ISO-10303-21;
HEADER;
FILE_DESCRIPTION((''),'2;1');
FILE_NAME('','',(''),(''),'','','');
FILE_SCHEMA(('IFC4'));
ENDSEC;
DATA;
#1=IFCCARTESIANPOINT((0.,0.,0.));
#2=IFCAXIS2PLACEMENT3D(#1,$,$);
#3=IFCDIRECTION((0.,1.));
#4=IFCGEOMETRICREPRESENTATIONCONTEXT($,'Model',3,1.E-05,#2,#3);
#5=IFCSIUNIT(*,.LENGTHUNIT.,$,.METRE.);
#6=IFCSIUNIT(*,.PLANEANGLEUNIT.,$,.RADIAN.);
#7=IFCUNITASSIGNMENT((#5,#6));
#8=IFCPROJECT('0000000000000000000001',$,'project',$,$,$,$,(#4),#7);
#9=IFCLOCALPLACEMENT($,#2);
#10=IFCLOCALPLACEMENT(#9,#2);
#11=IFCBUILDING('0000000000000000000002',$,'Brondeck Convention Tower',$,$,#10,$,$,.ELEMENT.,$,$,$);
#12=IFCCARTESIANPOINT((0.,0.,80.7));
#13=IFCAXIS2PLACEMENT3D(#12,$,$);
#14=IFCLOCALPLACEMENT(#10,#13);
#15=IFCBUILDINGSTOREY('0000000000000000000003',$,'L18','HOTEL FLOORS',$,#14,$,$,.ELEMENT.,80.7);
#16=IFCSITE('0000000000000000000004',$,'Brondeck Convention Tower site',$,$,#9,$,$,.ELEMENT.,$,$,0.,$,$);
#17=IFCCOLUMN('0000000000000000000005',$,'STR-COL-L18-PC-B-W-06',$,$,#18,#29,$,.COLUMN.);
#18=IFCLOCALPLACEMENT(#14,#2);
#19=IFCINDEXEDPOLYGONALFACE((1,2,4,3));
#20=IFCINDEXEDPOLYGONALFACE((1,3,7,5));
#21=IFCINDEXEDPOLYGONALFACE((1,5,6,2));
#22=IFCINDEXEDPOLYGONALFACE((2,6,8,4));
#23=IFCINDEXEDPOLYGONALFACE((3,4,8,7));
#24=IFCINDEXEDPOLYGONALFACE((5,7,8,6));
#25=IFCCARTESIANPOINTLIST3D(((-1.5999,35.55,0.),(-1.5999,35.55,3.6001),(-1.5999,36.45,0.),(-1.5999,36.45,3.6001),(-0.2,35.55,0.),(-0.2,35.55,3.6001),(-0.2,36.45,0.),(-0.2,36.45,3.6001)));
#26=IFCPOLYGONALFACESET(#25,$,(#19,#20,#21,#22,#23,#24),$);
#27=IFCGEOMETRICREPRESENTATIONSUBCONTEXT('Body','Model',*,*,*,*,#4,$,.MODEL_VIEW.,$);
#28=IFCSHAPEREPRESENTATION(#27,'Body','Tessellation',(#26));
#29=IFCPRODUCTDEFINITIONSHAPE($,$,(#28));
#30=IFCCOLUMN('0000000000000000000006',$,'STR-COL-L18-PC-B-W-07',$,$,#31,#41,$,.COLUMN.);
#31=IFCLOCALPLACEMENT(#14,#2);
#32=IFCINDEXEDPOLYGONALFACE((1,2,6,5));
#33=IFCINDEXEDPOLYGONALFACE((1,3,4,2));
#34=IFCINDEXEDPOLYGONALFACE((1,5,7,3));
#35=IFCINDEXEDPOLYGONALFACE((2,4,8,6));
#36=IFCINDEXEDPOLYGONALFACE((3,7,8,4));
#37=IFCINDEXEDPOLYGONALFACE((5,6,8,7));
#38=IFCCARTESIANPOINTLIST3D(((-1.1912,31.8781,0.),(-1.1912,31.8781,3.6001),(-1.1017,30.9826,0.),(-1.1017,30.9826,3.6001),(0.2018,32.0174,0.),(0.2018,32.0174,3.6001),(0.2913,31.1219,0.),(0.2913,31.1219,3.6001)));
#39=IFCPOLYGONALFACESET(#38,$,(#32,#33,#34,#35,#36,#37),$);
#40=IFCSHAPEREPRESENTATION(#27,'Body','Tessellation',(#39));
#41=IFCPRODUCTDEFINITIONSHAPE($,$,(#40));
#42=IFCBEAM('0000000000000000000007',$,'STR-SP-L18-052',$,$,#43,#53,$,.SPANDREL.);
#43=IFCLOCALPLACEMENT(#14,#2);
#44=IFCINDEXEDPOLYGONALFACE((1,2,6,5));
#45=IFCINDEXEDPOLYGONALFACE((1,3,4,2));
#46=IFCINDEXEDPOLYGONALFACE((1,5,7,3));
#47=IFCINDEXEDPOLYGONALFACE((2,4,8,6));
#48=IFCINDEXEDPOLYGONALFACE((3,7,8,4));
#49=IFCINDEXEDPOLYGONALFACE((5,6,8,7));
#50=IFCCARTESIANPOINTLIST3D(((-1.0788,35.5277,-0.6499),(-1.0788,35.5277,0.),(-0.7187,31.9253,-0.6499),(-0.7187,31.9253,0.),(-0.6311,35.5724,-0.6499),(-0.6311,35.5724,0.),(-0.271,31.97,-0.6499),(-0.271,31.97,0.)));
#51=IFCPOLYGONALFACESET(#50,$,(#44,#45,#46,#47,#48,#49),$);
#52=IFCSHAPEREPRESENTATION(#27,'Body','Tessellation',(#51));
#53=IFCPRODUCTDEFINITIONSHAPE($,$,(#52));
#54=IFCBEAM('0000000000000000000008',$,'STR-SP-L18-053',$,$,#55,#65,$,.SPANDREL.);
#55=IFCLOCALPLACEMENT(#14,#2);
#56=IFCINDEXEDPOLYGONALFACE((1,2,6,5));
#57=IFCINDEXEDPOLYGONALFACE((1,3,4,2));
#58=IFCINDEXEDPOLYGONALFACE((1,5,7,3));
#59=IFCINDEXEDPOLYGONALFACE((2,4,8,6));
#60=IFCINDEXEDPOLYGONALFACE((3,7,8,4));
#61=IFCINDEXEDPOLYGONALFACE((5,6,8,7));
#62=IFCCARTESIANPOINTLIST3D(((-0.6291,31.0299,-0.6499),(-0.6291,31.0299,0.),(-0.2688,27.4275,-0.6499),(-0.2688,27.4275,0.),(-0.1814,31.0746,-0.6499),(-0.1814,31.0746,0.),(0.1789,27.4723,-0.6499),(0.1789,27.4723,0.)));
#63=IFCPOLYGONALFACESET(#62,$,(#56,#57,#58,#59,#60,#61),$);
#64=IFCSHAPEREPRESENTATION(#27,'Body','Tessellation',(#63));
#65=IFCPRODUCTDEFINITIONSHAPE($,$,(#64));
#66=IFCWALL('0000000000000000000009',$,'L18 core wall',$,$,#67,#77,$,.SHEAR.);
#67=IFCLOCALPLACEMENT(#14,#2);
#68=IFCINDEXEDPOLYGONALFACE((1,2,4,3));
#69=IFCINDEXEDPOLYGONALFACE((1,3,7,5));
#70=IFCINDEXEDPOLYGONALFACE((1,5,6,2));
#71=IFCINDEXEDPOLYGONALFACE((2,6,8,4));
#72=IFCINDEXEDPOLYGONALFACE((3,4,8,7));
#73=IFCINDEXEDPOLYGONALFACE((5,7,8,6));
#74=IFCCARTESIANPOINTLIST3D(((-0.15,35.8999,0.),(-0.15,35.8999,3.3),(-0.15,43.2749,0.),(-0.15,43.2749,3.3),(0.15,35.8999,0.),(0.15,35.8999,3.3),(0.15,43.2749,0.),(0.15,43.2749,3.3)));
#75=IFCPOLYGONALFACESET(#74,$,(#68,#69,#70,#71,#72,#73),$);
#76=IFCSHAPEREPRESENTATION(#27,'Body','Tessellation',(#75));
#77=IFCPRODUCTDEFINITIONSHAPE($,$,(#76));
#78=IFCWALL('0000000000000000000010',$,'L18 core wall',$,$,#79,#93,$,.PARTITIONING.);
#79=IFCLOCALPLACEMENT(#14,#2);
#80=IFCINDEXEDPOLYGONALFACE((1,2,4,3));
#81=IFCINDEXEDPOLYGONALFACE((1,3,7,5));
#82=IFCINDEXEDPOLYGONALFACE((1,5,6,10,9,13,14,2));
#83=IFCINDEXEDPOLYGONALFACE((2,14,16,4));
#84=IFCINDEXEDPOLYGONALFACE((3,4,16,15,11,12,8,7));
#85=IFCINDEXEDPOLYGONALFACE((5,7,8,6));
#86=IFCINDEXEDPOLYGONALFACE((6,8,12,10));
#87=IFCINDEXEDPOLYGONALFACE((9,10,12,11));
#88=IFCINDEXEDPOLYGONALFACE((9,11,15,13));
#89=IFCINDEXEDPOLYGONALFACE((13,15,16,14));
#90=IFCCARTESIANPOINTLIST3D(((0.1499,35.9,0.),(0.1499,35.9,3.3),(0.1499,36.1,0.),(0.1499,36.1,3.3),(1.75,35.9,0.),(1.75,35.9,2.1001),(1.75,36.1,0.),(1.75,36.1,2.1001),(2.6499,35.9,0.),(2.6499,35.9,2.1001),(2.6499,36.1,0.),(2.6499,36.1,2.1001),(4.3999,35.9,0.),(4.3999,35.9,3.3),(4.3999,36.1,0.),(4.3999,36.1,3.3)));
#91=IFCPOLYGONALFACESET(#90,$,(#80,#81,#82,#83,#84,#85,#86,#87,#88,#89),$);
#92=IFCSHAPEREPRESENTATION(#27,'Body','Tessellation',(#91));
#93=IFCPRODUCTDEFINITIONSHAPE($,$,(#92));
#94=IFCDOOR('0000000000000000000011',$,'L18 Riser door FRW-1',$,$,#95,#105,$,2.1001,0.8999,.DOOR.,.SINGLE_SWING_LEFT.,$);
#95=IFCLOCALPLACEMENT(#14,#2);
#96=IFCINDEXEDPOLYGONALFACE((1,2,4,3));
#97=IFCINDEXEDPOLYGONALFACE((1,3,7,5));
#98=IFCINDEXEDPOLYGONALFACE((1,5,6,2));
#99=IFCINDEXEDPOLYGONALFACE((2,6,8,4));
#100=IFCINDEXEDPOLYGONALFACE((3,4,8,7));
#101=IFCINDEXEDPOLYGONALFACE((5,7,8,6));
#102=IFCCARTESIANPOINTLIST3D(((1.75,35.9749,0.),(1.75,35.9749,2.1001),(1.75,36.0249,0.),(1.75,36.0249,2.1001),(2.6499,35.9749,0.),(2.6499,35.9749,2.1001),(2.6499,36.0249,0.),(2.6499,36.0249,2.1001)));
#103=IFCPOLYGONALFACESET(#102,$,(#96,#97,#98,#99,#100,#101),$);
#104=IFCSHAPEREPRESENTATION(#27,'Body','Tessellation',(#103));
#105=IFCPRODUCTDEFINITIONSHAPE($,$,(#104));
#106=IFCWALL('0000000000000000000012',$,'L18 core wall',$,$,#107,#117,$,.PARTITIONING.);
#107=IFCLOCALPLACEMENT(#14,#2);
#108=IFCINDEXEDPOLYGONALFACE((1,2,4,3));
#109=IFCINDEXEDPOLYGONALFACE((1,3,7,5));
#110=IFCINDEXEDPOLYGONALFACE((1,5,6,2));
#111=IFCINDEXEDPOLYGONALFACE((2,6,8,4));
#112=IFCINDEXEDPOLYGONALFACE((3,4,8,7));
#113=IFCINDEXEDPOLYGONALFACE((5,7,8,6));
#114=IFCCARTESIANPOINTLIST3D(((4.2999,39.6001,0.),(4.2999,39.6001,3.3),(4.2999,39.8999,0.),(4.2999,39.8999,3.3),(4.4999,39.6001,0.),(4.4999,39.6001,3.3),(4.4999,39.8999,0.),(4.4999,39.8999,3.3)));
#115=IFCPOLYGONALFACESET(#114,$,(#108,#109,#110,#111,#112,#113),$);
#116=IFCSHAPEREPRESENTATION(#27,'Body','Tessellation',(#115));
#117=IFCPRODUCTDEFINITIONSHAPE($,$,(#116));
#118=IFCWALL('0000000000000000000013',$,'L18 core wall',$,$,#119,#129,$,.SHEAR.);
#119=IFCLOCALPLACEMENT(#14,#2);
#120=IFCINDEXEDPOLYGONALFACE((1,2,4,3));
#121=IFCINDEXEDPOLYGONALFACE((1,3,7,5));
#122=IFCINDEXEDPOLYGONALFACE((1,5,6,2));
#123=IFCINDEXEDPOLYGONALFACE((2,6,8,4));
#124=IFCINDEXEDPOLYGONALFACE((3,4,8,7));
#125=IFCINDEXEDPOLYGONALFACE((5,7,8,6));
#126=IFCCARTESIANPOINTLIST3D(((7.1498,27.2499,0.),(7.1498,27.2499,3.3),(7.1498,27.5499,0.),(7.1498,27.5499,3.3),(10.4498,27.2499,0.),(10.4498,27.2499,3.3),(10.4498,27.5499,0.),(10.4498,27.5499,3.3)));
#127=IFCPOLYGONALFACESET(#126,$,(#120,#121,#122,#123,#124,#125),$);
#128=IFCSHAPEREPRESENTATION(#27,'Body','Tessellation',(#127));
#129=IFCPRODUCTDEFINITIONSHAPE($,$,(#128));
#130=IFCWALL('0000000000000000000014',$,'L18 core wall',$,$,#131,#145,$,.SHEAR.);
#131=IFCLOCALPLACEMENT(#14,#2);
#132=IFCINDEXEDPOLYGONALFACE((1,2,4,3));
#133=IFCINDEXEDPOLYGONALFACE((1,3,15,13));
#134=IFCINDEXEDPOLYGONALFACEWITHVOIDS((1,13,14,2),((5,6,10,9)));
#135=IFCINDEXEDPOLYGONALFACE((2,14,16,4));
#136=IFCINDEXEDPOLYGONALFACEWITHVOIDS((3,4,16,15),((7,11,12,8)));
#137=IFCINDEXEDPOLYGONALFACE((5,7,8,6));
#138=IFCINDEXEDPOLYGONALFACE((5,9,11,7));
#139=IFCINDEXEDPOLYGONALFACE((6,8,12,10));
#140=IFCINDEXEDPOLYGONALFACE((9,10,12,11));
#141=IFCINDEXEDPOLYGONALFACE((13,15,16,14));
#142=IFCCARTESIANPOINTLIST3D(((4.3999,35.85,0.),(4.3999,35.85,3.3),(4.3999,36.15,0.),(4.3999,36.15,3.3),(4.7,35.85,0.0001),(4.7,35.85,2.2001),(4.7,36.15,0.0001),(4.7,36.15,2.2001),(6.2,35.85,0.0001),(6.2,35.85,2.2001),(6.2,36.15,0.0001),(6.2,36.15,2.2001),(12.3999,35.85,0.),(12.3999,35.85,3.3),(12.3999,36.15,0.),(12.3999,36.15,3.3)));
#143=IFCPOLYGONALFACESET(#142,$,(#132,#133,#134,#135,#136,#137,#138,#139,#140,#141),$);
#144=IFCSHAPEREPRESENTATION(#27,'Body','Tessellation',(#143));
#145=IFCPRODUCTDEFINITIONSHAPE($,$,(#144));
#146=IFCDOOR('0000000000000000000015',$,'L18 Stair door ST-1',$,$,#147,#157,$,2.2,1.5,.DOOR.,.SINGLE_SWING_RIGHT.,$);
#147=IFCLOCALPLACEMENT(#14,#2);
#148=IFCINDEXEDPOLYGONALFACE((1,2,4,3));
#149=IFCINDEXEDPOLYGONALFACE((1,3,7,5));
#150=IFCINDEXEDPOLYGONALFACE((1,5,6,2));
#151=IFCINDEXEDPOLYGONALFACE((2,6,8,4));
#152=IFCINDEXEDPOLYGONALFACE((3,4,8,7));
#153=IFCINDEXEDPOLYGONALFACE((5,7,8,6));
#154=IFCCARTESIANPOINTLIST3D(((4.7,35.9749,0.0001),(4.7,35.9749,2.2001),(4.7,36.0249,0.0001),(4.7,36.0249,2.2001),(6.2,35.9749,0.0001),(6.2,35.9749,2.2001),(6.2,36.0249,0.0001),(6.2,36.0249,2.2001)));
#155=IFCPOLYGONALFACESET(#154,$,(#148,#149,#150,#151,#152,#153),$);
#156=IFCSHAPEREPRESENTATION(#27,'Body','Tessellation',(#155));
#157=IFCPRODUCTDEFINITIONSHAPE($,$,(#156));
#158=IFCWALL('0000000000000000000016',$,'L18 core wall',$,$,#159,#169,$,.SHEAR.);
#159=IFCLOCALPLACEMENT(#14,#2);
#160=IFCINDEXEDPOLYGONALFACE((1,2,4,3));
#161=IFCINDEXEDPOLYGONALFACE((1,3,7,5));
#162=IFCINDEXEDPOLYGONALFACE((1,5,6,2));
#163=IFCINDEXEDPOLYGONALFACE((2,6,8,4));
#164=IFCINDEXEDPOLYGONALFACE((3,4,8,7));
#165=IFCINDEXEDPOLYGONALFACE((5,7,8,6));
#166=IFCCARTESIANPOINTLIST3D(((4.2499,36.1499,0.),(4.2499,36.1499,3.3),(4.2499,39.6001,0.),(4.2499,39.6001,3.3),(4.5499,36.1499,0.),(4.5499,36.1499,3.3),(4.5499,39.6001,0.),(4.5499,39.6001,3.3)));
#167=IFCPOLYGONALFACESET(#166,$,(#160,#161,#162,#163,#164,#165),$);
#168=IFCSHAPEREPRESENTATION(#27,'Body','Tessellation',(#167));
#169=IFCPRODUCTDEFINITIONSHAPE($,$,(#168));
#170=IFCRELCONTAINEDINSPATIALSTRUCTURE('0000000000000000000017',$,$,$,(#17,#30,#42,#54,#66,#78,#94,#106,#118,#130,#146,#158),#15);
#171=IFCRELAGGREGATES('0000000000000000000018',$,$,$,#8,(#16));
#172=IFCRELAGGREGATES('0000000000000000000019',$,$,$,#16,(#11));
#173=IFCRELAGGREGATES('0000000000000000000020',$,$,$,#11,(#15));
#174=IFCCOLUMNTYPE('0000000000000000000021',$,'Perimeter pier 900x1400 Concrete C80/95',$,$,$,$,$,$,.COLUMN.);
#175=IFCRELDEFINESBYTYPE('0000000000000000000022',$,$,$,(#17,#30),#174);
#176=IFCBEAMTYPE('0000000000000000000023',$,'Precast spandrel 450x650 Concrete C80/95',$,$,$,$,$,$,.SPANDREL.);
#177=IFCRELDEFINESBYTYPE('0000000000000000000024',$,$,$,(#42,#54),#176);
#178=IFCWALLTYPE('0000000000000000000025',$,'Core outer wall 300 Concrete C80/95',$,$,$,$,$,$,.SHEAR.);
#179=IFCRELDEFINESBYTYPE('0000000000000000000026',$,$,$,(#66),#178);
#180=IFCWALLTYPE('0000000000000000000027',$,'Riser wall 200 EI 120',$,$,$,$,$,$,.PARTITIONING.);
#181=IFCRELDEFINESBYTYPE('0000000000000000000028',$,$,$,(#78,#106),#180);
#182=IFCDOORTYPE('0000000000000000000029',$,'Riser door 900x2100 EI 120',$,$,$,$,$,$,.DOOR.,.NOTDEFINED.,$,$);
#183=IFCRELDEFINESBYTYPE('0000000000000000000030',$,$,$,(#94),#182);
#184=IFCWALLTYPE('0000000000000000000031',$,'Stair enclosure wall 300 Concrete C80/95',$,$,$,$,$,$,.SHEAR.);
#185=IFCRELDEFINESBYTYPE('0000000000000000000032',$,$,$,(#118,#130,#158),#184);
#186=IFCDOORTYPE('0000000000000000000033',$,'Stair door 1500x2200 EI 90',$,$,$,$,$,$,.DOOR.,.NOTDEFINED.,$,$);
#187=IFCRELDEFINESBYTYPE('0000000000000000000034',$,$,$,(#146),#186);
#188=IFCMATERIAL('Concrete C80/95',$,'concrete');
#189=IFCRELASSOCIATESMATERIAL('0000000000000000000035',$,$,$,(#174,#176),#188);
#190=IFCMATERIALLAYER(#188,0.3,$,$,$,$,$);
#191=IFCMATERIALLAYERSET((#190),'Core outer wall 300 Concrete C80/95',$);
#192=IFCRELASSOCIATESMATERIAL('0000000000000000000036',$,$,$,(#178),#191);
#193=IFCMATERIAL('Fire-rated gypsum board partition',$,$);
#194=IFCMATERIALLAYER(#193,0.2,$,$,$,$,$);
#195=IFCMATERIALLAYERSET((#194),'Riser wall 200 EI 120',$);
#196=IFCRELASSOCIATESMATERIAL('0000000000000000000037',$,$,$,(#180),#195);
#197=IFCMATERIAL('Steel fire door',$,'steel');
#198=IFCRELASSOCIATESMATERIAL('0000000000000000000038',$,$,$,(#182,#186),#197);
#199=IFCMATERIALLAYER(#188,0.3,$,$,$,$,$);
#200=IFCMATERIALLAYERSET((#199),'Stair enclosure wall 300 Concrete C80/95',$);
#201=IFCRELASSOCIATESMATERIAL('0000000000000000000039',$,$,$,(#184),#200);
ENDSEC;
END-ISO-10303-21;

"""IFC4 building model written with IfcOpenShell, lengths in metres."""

from ifc_helpers import new_model, si_unit, direction, frame, frame_2d, origin, origin_2d, place, context, subcontext, project, spatial, rectangle, extrude, material, layer, layer_set, material_profile, profile_set, type_object, element, fill, save


model = new_model("IFC4")

# Units and contexts
model_context = context("Model", 3, precision=1e-05, world=origin(), true_north=direction((0.0, 1.0)))
body_context = subcontext(model_context, "Body", "Model", "MODEL_VIEW")
ifc_project = project(units=[si_unit("LENGTHUNIT", "METRE"), si_unit("PLANEANGLEUNIT", "RADIAN")], contexts=[model_context])

# Site, building, storey
site_placement = place(None, origin())
site = spatial("IfcSite", under=ifc_project, at=site_placement, Name="Brondeck Convention Tower site", CompositionType="ELEMENT", RefElevation=0.0)
building_placement = place(site_placement, origin())
building = spatial("IfcBuilding", under=site, at=building_placement, Name="Brondeck Convention Tower", CompositionType="ELEMENT")
storey_placement = place(building_placement, frame((0.0, 0.0, 80.7)))
storey = spatial("IfcBuildingStorey", under=building, at=storey_placement, Name="L18", Description="HOTEL FLOORS", CompositionType="ELEMENT", Elevation=80.7)

# Columns
ifc_material_1 = material(Name="Concrete C80/95", Category="concrete")
ifc_material_profile_1 = material_profile(ifc_material_1, rectangle(XDim=0.8999, YDim=1.3999, at=origin_2d()), Name="Perimeter pier 900x1400 Concrete C80/95")
ifc_profile_set_1 = profile_set([ifc_material_profile_1], Name="Concrete C80/95")
column_type = type_object("IfcColumnType", Name="Perimeter pier 900x1400 Concrete C80/95", PredefinedType="COLUMN", material=ifc_profile_set_1)
for number, where, z_axis, x_axis, name in (
    (1, (-0.8999, 36.0, 0.0), (0.0, 0.0, 1.0), (0.0, -1.0, 0.0), "STR-COL-L18-PC-B-W-06"),
    (2, (-0.45, 31.5, 0.0), (0.0, 0.0, 1.0), (0.099504, -0.995037, 0.0), "STR-COL-L18-PC-B-W-07"),
):
    element("IfcColumn", number, at=place(storey_placement, frame(where, z_axis=z_axis, x_axis=x_axis)), inside=storey, type_object=column_type, Name=name, PredefinedType="COLUMN", context=body_context, shape_type="SweptSolid", body=[
        extrude(rectangle(XDim=0.8999, YDim=1.3999, at=origin_2d()), origin(), (0.0, 0.0, 1.0), 3.6001),
    ])

# Beams
ifc_material_profile_2 = material_profile(ifc_material_1, rectangle(XDim=0.45, YDim=0.6499, at=origin_2d()), Name="Precast spandrel 450x650 Concrete C80/95")
ifc_profile_set_2 = profile_set([ifc_material_profile_2], Name="Concrete C80/95")
beam_type = type_object("IfcBeamType", Name="Precast spandrel 450x650 Concrete C80/95", PredefinedType="SPANDREL", material=ifc_profile_set_2)
for number, where, z_axis, x_axis, name in (
    (3, (-0.855, 35.55, -0.325), (0.09947, -0.995041, 0.0), (0.995041, 0.09947, 0.0), "STR-SP-L18-052"),
    (4, (-0.4053, 31.0522, -0.325), (0.099537, -0.995034, 0.0), (0.995034, 0.099537, 0.0), "STR-SP-L18-053"),
):
    element("IfcBeam", number, at=place(storey_placement, frame(where, z_axis=z_axis, x_axis=x_axis)), inside=storey, type_object=beam_type, Name=name, PredefinedType="SPANDREL", context=body_context, shape_type="SweptSolid", body=[
        extrude(rectangle(XDim=0.45, YDim=0.6499, at=origin_2d()), origin(), (0.0, 0.0, 1.0), 3.6204),
    ])

# Wall
ifc_layer_1 = layer(ifc_material_1, 0.3)
ifc_layer_set_1 = layer_set([ifc_layer_1], Name="Core outer wall 300 Concrete C80/95")
wall_type_1 = type_object("IfcWallType", Name="Core outer wall 300 Concrete C80/95", PredefinedType="SHEAR", material=ifc_layer_set_1)
wall_1_placement = place(storey_placement, frame((0.0, 35.8999, 0.0), z_axis=(0.0, 0.0, 1.0), x_axis=(0.0, 1.0, 0.0)))
element("IfcWall", 5, at=wall_1_placement, inside=storey, type_object=wall_type_1, Name="L18 core wall", PredefinedType="SHEAR", context=body_context, shape_type="SweptSolid", body=[
    extrude(rectangle(XDim=7.375, YDim=0.3, at=frame_2d((3.6875, 0.0))), origin(), (0.0, 0.0, 1.0), 3.3),
])

# Wall, opening, door
ifc_material_2 = material(Name="Fire-rated gypsum board partition")
ifc_layer_2 = layer(ifc_material_2, 0.2)
ifc_layer_set_2 = layer_set([ifc_layer_2], Name="Riser wall 200 EI 120")
wall_type_2 = type_object("IfcWallType", Name="Riser wall 200 EI 120", PredefinedType="PARTITIONING", material=ifc_layer_set_2)
wall_2_placement = place(storey_placement, frame((0.1499, 36.0, 0.0), z_axis=(0.0, 0.0, 1.0), x_axis=(1.0, 0.0, 0.0)))
wall_2 = element("IfcWall", 6, at=wall_2_placement, inside=storey, type_object=wall_type_2, Name="L18 core wall", PredefinedType="PARTITIONING", context=body_context, shape_type="SweptSolid", body=[
    extrude(rectangle(XDim=4.25, YDim=0.2, at=frame_2d((2.125, 0.0))), origin(), (0.0, 0.0, 1.0), 3.3),
])
opening_1_placement = place(wall_2_placement, frame((1.6001, 0.0, 0.0)))
opening_1 = element("IfcOpeningElement", 7, at=opening_1_placement, cuts=wall_2, PredefinedType="OPENING", context=body_context, shape_type="SweptSolid", body=[
    extrude(rectangle(XDim=0.8999, YDim=2.1001, at=frame_2d((0.45, 1.05))), frame((0.0, 0.1099, 0.0), z_axis=(0.0, -1.0, 0.0), x_axis=(1.0, 0.0, 0.0)), (0.0, 0.0, 1.0), 0.22),
])
ifc_material_3 = material(Name="Steel fire door", Category="steel")
door_type_1 = type_object("IfcDoorType", Name="Riser door 900x2100 EI 120", OperationType="NOTDEFINED", PredefinedType="DOOR", material=ifc_material_3)
door_1_placement = place(opening_1_placement, origin())
door_1 = element("IfcDoor", 8, at=door_1_placement, inside=storey, type_object=door_type_1, Name="L18 Riser door FRW-1", OperationType="SINGLE_SWING_LEFT", OverallHeight=2.1001, OverallWidth=0.8999, PredefinedType="DOOR", context=body_context, shape_type="SweptSolid", body=[
    extrude(rectangle(XDim=0.8999, YDim=2.1001, at=frame_2d((0.45, 1.05))), frame((0.0, 0.0249, 0.0), z_axis=(0.0, -1.0, 0.0), x_axis=(1.0, 0.0, 0.0)), (0.0, 0.0, 1.0), 0.05),
])
fill(opening_1, door_1)

# Walls
wall_3_placement = place(storey_placement, frame((4.3999, 39.6001, 0.0), z_axis=(0.0, 0.0, 1.0), x_axis=(0.0, 1.0, 0.0)))
element("IfcWall", 9, at=wall_3_placement, inside=storey, type_object=wall_type_2, Name="L18 core wall", PredefinedType="PARTITIONING", context=body_context, shape_type="SweptSolid", body=[
    extrude(rectangle(XDim=0.2998, YDim=0.2, at=frame_2d((0.1499, 0.0))), origin(), (0.0, 0.0, 1.0), 3.3),
])
ifc_layer_3 = layer(ifc_material_1, 0.3)
ifc_layer_set_3 = layer_set([ifc_layer_3], Name="Stair enclosure wall 300 Concrete C80/95")
wall_type_3 = type_object("IfcWallType", Name="Stair enclosure wall 300 Concrete C80/95", PredefinedType="SHEAR", material=ifc_layer_set_3)
wall_4_placement = place(storey_placement, frame((7.1499, 27.3999, 0.0), z_axis=(0.0, 0.0, 1.0), x_axis=(1.0, 0.0, 0.0)))
element("IfcWall", 10, at=wall_4_placement, inside=storey, type_object=wall_type_3, Name="L18 core wall", PredefinedType="SHEAR", context=body_context, shape_type="SweptSolid", body=[
    extrude(rectangle(XDim=3.3, YDim=0.3, at=frame_2d((1.6499, 0.0))), origin(), (0.0, 0.0, 1.0), 3.3),
])

# Wall, opening, door
wall_5_placement = place(storey_placement, frame((4.3999, 36.0, 0.0), z_axis=(0.0, 0.0, 1.0), x_axis=(1.0, 0.0, 0.0)))
wall_5 = element("IfcWall", 11, at=wall_5_placement, inside=storey, type_object=wall_type_3, Name="L18 core wall", PredefinedType="SHEAR", context=body_context, shape_type="SweptSolid", body=[
    extrude(rectangle(XDim=8.0, YDim=0.3, at=frame_2d((4.0, 0.0))), origin(), (0.0, 0.0, 1.0), 3.3),
])
opening_2_placement = place(wall_5_placement, frame((0.3, 0.0, 0.0)))
opening_2 = element("IfcOpeningElement", 12, at=opening_2_placement, cuts=wall_5, PredefinedType="OPENING", context=body_context, shape_type="SweptSolid", body=[
    extrude(rectangle(XDim=1.5, YDim=2.2, at=frame_2d((0.75, 1.1001))), frame((0.0, 0.1599, 0.0), z_axis=(0.0, -1.0, 0.0), x_axis=(1.0, 0.0, 0.0)), (0.0, 0.0, 1.0), 0.3201),
])
door_type_2 = type_object("IfcDoorType", Name="Stair door 1500x2200 EI 90", OperationType="NOTDEFINED", PredefinedType="DOOR", material=ifc_material_3)
door_2_placement = place(opening_2_placement, origin())
door_2 = element("IfcDoor", 13, at=door_2_placement, inside=storey, type_object=door_type_2, Name="L18 Stair door ST-1", OperationType="SINGLE_SWING_RIGHT", OverallHeight=2.2, OverallWidth=1.5, PredefinedType="DOOR", context=body_context, shape_type="SweptSolid", body=[
    extrude(rectangle(XDim=1.5, YDim=2.2, at=frame_2d((0.75, 1.1001))), frame((0.0, 0.0249, 0.0), z_axis=(0.0, -1.0, 0.0), x_axis=(1.0, 0.0, 0.0)), (0.0, 0.0, 1.0), 0.05),
])
fill(opening_2, door_2)

# Wall
wall_6_placement = place(storey_placement, frame((4.3999, 36.1499, 0.0), z_axis=(0.0, 0.0, 1.0), x_axis=(0.0, 1.0, 0.0)))
element("IfcWall", 14, at=wall_6_placement, inside=storey, type_object=wall_type_3, Name="L18 core wall", PredefinedType="SHEAR", context=body_context, shape_type="SweptSolid", body=[
    extrude(rectangle(XDim=3.4502, YDim=0.3, at=frame_2d((1.7251, 0.0))), origin(), (0.0, 0.0, 1.0), 3.3),
])

save(model, "model.ifc")
